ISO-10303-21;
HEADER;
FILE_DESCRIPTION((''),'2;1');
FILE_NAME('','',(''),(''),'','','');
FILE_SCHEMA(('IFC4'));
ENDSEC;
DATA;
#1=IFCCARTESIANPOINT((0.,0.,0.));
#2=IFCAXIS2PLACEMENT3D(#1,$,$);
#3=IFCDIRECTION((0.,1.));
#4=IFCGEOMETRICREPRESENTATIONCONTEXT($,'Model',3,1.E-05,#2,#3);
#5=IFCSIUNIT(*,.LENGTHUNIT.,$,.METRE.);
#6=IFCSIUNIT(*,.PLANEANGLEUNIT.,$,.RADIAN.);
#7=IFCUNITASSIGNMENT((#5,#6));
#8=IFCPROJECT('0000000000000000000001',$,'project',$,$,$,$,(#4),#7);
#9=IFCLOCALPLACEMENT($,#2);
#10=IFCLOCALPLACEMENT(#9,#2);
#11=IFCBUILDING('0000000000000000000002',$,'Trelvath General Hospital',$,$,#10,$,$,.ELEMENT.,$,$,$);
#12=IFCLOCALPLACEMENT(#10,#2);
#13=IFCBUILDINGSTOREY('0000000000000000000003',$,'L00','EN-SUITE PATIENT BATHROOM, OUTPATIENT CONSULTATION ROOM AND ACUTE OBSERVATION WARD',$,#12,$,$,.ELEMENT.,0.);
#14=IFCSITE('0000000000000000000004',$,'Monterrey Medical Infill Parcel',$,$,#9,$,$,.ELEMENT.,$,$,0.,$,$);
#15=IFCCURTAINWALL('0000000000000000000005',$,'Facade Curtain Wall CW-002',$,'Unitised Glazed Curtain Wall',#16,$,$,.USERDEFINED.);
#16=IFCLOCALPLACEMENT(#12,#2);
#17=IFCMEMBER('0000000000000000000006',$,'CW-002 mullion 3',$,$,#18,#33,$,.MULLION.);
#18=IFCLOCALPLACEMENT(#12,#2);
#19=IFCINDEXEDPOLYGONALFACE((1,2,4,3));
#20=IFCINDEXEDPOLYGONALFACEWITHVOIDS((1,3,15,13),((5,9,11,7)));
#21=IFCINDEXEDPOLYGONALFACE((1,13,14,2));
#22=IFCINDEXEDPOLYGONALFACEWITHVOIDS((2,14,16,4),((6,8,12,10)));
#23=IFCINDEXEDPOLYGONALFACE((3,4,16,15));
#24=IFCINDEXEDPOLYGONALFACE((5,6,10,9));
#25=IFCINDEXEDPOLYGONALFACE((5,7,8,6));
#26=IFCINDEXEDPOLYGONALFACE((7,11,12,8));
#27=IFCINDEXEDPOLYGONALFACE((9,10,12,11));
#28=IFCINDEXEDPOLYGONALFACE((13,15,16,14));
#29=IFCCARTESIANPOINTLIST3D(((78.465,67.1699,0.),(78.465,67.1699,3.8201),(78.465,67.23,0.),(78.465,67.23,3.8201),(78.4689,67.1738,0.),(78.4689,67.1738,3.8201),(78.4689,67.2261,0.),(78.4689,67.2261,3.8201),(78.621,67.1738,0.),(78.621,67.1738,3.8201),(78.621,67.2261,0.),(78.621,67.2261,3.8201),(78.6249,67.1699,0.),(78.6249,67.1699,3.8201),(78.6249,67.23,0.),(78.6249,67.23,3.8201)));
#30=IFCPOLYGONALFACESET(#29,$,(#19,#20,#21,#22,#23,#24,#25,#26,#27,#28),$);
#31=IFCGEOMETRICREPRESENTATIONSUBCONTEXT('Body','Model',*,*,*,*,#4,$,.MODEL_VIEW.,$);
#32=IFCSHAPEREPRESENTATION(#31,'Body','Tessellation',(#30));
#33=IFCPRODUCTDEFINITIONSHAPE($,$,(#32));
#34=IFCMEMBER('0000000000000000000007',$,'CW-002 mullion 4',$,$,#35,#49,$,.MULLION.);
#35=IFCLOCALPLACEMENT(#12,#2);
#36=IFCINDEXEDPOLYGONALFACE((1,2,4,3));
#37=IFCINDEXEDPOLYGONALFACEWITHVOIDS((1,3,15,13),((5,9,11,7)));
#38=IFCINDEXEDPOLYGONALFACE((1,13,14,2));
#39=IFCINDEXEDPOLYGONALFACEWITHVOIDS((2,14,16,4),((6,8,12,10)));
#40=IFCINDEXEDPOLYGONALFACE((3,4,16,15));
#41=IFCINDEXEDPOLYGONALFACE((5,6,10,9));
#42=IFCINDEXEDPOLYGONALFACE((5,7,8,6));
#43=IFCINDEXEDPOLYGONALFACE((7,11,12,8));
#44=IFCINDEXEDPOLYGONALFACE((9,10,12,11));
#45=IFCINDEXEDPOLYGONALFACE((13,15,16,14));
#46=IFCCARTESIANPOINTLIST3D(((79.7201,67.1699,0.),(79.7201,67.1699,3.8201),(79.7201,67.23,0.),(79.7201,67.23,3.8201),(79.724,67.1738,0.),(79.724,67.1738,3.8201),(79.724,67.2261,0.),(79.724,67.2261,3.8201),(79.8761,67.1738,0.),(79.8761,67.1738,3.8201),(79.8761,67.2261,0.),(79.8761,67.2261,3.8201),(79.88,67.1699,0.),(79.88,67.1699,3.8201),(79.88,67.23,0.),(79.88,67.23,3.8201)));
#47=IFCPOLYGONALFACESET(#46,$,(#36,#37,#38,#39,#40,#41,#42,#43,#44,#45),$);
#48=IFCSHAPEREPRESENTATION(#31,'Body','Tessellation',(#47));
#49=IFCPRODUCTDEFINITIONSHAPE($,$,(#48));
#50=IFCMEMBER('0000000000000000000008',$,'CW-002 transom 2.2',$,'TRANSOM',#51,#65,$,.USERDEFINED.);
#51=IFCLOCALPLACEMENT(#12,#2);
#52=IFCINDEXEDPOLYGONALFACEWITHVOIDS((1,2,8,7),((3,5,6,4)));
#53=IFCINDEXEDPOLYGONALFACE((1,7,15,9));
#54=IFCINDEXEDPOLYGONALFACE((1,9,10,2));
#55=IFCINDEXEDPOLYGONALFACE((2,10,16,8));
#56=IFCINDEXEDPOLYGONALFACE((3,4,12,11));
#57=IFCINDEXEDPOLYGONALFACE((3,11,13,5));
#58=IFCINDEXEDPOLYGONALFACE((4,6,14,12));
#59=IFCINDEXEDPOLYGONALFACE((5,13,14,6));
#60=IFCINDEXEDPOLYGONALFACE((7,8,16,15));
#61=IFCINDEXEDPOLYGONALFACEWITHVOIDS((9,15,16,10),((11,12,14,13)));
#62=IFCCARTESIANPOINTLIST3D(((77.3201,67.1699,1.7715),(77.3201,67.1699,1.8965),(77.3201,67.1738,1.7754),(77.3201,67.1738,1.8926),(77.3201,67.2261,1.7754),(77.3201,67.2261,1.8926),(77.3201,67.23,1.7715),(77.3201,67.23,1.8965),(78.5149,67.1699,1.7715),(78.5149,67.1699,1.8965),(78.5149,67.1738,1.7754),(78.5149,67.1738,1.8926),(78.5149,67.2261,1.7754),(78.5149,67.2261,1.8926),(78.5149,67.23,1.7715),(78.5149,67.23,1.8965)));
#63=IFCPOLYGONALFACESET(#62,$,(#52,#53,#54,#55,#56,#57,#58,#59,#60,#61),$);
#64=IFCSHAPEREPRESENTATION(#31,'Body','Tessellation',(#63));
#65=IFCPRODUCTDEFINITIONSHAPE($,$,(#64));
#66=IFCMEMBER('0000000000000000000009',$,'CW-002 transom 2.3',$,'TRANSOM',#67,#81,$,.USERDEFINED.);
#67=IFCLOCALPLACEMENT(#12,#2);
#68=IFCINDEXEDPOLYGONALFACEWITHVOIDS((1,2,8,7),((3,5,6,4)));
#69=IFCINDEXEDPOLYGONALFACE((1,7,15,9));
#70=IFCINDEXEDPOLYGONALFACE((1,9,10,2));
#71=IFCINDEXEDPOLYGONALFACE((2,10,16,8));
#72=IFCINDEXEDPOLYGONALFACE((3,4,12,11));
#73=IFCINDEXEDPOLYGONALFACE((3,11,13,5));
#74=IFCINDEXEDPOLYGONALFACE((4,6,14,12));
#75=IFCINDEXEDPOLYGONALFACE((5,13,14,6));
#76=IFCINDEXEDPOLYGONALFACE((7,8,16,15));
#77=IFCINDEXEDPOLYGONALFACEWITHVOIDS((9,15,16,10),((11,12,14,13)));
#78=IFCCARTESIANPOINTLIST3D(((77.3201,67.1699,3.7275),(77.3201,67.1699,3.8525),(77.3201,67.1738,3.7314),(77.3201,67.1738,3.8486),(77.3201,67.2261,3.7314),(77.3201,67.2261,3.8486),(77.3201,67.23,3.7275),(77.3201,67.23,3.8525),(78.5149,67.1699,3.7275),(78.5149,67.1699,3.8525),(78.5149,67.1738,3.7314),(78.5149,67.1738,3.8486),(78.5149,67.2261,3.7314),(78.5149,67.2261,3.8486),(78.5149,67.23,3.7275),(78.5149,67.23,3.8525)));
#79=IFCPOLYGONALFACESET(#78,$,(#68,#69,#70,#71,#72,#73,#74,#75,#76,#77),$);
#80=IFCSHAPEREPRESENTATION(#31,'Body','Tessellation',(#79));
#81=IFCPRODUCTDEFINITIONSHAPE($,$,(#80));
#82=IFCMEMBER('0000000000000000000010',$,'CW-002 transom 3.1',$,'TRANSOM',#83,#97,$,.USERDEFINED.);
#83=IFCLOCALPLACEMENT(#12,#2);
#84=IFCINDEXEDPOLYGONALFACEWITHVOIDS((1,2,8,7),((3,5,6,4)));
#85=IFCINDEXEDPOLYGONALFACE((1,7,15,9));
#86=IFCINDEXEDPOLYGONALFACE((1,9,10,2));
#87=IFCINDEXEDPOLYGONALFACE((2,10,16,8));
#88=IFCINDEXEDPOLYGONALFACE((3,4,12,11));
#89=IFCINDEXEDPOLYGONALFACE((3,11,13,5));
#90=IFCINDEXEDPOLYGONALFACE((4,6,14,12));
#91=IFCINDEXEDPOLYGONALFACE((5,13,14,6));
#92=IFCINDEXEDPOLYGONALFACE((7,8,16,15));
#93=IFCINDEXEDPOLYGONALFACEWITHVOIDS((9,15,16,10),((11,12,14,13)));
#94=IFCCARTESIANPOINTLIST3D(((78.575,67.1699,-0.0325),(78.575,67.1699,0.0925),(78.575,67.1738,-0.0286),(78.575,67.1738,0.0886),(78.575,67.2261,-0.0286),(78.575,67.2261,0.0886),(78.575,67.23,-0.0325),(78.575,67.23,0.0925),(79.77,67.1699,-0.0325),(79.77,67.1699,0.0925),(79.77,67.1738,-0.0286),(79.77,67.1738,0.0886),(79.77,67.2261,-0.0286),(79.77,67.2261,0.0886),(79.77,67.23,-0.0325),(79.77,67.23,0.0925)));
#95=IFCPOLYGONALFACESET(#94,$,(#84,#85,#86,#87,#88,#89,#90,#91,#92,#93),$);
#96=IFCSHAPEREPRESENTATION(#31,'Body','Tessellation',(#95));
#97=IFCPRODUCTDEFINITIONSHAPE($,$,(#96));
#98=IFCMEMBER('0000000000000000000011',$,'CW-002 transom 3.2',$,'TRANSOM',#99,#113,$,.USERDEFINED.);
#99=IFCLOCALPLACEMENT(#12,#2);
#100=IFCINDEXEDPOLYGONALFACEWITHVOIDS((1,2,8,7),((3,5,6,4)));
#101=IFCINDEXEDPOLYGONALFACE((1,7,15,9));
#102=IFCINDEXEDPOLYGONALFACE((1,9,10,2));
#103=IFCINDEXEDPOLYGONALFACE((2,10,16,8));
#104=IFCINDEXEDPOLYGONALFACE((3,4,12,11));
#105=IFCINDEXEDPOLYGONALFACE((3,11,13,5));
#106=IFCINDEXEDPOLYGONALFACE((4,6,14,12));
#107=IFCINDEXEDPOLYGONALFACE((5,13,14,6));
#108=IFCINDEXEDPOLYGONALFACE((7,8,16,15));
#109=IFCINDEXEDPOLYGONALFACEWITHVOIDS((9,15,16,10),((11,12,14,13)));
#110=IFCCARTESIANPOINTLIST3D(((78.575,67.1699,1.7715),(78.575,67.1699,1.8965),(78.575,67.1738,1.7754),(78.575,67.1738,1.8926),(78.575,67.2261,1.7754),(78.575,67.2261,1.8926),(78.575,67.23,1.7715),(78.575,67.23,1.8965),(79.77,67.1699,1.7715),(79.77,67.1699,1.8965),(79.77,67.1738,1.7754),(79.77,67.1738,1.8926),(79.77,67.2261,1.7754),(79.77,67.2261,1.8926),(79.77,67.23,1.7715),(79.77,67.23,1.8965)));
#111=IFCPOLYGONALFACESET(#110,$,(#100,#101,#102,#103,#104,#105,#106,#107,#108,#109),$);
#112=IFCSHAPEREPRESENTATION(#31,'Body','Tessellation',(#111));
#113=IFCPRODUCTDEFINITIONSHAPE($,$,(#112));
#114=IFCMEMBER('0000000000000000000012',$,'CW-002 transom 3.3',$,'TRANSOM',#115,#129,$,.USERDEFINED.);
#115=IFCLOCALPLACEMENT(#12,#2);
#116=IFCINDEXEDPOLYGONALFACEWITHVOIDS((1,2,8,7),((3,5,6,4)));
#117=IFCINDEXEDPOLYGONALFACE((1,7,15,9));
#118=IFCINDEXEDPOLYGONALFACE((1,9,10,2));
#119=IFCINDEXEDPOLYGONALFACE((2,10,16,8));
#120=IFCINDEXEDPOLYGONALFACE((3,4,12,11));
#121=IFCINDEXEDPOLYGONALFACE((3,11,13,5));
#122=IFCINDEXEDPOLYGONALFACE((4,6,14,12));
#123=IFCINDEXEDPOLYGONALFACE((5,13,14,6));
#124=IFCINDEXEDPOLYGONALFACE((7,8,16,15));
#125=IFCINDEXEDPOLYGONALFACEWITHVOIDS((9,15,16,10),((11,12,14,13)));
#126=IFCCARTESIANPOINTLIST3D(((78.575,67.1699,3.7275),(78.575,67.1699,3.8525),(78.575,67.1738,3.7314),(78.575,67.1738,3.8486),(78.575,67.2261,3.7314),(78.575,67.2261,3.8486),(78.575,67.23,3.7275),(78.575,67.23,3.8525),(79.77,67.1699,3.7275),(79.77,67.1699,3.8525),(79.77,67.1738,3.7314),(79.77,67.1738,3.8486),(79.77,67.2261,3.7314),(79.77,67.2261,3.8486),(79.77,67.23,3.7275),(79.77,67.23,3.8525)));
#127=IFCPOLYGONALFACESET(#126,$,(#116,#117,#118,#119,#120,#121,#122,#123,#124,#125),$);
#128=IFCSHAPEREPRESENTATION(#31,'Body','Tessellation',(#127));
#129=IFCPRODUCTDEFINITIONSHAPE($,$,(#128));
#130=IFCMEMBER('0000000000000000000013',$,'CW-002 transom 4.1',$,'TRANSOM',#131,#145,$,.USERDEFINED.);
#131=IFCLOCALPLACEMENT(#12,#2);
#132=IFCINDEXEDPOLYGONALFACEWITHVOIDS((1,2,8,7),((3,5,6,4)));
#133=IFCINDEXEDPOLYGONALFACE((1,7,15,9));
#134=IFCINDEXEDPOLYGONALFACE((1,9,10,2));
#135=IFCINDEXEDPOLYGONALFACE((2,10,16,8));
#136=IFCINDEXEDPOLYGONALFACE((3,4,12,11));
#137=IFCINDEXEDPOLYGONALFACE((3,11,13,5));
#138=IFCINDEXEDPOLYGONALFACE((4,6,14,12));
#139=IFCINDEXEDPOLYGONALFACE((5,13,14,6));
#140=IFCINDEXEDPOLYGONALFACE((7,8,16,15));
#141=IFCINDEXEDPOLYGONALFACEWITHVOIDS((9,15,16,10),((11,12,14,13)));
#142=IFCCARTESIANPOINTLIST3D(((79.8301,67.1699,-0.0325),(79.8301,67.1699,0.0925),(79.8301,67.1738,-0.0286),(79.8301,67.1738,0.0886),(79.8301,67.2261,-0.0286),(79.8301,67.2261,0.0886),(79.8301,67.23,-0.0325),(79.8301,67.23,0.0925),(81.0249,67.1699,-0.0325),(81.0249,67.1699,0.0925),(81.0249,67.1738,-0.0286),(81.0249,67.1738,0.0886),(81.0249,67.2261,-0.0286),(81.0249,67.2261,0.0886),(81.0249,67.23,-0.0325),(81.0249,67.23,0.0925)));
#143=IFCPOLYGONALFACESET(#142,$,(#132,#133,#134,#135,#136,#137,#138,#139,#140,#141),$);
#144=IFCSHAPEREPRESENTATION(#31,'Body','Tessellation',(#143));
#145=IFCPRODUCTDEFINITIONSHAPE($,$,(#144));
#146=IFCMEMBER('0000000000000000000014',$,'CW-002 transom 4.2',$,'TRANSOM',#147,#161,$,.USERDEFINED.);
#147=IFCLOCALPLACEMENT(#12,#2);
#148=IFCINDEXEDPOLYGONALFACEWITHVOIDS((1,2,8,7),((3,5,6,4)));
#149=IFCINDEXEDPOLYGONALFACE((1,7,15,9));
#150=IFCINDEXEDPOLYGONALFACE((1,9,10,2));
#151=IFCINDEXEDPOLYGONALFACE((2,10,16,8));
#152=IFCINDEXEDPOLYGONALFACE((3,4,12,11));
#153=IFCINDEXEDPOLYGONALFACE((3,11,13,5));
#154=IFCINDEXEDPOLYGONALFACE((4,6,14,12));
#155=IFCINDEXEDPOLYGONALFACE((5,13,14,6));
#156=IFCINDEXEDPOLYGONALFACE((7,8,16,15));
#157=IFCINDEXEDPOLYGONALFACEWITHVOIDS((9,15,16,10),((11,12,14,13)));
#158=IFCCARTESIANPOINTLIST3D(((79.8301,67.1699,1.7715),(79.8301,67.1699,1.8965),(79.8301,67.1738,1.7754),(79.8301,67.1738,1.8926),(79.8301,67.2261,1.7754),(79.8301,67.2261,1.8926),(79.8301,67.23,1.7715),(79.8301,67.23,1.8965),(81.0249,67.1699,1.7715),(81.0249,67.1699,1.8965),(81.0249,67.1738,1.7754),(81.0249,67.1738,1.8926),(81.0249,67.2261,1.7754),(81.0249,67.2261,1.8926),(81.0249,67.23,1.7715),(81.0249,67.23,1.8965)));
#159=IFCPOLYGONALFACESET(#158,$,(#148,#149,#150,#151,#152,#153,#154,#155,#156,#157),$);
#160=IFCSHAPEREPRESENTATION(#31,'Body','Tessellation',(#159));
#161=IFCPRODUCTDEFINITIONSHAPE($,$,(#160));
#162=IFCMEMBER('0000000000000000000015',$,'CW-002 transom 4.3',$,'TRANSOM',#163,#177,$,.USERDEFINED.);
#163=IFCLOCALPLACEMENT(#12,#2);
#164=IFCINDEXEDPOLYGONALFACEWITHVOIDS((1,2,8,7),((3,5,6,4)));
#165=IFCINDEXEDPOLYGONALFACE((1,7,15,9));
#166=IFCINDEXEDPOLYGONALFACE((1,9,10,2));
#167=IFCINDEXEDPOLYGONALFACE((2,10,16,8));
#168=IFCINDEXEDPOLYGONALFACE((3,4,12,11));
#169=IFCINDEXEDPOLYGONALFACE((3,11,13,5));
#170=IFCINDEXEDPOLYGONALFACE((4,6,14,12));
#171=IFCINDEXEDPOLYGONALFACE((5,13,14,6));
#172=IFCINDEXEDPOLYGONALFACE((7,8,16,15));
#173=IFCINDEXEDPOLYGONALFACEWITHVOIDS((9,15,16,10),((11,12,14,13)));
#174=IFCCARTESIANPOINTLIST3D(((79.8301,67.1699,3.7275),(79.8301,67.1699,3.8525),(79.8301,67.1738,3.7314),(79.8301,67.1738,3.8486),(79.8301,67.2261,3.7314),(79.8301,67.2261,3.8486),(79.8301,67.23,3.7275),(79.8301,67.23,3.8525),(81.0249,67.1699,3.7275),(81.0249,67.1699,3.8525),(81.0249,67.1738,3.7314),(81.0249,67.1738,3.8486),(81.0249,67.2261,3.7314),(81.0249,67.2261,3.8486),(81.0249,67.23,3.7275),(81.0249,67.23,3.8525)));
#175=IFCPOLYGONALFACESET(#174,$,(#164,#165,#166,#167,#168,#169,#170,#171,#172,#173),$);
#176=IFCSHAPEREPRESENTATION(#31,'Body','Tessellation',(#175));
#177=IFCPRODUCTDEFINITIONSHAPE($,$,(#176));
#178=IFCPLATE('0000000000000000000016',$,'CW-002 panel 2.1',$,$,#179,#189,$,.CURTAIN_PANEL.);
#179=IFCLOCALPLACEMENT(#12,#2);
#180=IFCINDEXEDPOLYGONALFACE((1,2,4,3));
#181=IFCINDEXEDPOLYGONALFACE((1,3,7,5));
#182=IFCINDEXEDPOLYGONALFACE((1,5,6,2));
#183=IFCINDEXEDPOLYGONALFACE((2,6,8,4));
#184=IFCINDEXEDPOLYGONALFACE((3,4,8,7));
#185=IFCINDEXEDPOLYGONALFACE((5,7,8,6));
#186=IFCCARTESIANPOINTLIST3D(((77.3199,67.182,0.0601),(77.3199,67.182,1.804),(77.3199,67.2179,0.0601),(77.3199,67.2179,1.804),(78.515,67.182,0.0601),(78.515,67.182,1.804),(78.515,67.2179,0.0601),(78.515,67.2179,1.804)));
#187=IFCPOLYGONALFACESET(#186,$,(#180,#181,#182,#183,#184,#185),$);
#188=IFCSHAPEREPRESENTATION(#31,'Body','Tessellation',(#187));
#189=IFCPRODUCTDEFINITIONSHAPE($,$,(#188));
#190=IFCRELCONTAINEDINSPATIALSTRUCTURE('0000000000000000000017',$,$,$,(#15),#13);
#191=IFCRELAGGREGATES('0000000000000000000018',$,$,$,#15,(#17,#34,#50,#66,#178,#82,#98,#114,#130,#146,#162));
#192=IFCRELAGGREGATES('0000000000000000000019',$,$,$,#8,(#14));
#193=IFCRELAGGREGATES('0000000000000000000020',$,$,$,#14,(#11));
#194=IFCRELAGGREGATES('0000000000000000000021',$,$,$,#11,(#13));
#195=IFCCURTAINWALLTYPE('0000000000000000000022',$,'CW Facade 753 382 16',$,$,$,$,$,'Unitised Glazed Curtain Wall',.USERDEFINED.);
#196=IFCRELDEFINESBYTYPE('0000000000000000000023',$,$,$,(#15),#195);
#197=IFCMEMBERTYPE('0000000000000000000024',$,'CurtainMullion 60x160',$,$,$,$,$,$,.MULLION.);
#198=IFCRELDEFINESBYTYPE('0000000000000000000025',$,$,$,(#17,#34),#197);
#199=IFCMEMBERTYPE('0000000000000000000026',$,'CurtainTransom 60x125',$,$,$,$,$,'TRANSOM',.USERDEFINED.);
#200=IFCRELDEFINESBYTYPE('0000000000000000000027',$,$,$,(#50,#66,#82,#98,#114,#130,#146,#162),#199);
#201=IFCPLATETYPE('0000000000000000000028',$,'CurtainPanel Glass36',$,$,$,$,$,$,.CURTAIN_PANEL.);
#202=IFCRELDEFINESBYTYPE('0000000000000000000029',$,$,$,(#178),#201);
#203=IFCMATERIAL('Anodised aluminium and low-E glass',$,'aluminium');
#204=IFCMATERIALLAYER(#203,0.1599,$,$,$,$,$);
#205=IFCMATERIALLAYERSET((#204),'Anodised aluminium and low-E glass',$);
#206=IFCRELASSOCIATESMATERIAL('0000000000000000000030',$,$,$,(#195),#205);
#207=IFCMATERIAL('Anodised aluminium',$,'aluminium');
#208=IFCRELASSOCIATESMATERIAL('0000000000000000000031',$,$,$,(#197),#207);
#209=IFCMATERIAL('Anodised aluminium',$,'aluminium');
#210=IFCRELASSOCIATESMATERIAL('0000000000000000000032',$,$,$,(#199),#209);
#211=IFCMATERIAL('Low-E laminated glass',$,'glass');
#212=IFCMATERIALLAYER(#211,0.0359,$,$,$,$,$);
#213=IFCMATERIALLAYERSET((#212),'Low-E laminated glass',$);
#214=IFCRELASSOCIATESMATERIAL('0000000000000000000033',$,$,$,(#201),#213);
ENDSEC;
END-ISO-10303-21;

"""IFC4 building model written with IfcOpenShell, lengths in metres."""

from ifc_helpers import new_model, si_unit, direction, frame, origin, origin_2d, place, context, subcontext, project, spatial, rectangle, hollow_rectangle, extrude, material, layer, layer_set, material_profile, profile_set, type_object, element, aggregate, save


model = new_model("IFC4")

# Units and contexts
model_context = context("Model", 3, precision=1e-05, world=origin(), true_north=direction((0.0, 1.0)))
body_context = subcontext(model_context, "Body", "Model", "MODEL_VIEW")
ifc_project = project(units=[si_unit("LENGTHUNIT", "METRE"), si_unit("PLANEANGLEUNIT", "RADIAN")], contexts=[model_context])

# Site, building, storey
site_placement = place(None, origin())
site = spatial("IfcSite", under=ifc_project, at=site_placement, Name="Monterrey Medical Infill Parcel", CompositionType="ELEMENT", RefElevation=0.0)
building_placement = place(site_placement, origin())
building = spatial("IfcBuilding", under=site, at=building_placement, Name="Trelvath General Hospital", CompositionType="ELEMENT")
storey_placement = place(building_placement, origin())
storey = spatial("IfcBuildingStorey", under=building, at=storey_placement, Name="L00", Description="EN-SUITE PATIENT BATHROOM, OUTPATIENT CONSULTATION ROOM AND ACUTE OBSERVATION WARD", CompositionType="ELEMENT", Elevation=0.0)

# Curtain wall, members, plate
ifc_material_1 = material(Name="Anodised aluminium and low-E glass", Category="aluminium")
ifc_layer_1 = layer(ifc_material_1, 0.1599)
ifc_layer_set_1 = layer_set([ifc_layer_1], Name="Anodised aluminium and low-E glass")
curtain_wall_type = type_object("IfcCurtainWallType", Name="CW Facade 753 382 16", ElementType="Unitised Glazed Curtain Wall", PredefinedType="USERDEFINED", material=ifc_layer_set_1)
curtain_wall_placement = place(storey_placement, origin())
curtain_wall = element("IfcCurtainWall", 1, at=curtain_wall_placement, inside=storey, type_object=curtain_wall_type, Name="Facade Curtain Wall CW-002", ObjectType="Unitised Glazed Curtain Wall", PredefinedType="USERDEFINED")
ifc_material_2 = material(Name="Anodised aluminium", Category="aluminium")
ifc_material_profile_1 = material_profile(ifc_material_2, hollow_rectangle(XDim=0.0601, YDim=0.1599, WallThickness=0.0039, at=origin_2d()), Name="RHS60x160x4")
ifc_profile_set_1 = profile_set([ifc_material_profile_1], Name="Anodised aluminium")
member_type_1 = type_object("IfcMemberType", Name="CurtainMullion 60x160", PredefinedType="MULLION", material=ifc_profile_set_1)
member_1_placement = place(storey_placement, frame((78.5449, 67.2, 0.0), z_axis=(0.0, 0.0, 1.0), x_axis=(0.0, 1.0, 0.0)))
member_1 = element("IfcMember", 2, at=member_1_placement, type_object=member_type_1, Name="CW-002 mullion 3", PredefinedType="MULLION", context=body_context, shape_type="SweptSolid", body=[
    extrude(hollow_rectangle(XDim=0.0601, YDim=0.1599, WallThickness=0.0039, at=origin_2d()), origin(), (0.0, 0.0, 1.0), 3.8201),
])
member_2_placement = place(storey_placement, frame((79.8, 67.2, 0.0), z_axis=(0.0, 0.0, 1.0), x_axis=(0.0, 1.0, 0.0)))
member_2 = element("IfcMember", 3, at=member_2_placement, type_object=member_type_1, Name="CW-002 mullion 4", PredefinedType="MULLION", context=body_context, shape_type="SweptSolid", body=[
    extrude(hollow_rectangle(XDim=0.0601, YDim=0.1599, WallThickness=0.0039, at=origin_2d()), origin(), (0.0, 0.0, 1.0), 3.8201),
])
ifc_material_3 = material(Name="Anodised aluminium", Category="aluminium")
ifc_material_profile_2 = material_profile(ifc_material_3, hollow_rectangle(XDim=0.0601, YDim=0.125, WallThickness=0.0039, at=origin_2d()), Name="RHS60x125x4")
ifc_profile_set_2 = profile_set([ifc_material_profile_2], Name="Anodised aluminium")
member_type_2 = type_object("IfcMemberType", Name="CurtainTransom 60x125", ElementType="TRANSOM", PredefinedType="USERDEFINED", material=ifc_profile_set_2)
member_3_placement = place(storey_placement, frame((77.3201, 67.2, 1.834), z_axis=(1.0, 0.0, 0.0), x_axis=(0.0, 1.0, 0.0)))
member_3 = element("IfcMember", 4, at=member_3_placement, type_object=member_type_2, Name="CW-002 transom 2.2", ObjectType="TRANSOM", PredefinedType="USERDEFINED", context=body_context, shape_type="SweptSolid", body=[
    extrude(hollow_rectangle(XDim=0.0601, YDim=0.125, WallThickness=0.0039, at=origin_2d()), origin(), (0.0, 0.0, 1.0), 1.1948),
])
member_4_placement = place(storey_placement, frame((77.3201, 67.2, 3.79), z_axis=(1.0, 0.0, 0.0), x_axis=(0.0, 1.0, 0.0)))
member_4 = element("IfcMember", 5, at=member_4_placement, type_object=member_type_2, Name="CW-002 transom 2.3", ObjectType="TRANSOM", PredefinedType="USERDEFINED", context=body_context, shape_type="SweptSolid", body=[
    extrude(hollow_rectangle(XDim=0.0601, YDim=0.125, WallThickness=0.0039, at=origin_2d()), origin(), (0.0, 0.0, 1.0), 1.1948),
])
member_5_placement = place(storey_placement, frame((78.575, 67.2, 0.03), z_axis=(1.0, 0.0, 0.0), x_axis=(0.0, 1.0, 0.0)))
member_5 = element("IfcMember", 6, at=member_5_placement, type_object=member_type_2, Name="CW-002 transom 3.1", ObjectType="TRANSOM", PredefinedType="USERDEFINED", context=body_context, shape_type="SweptSolid", body=[
    extrude(hollow_rectangle(XDim=0.0601, YDim=0.125, WallThickness=0.0039, at=origin_2d()), origin(), (0.0, 0.0, 1.0), 1.1951),
])
member_6_placement = place(storey_placement, frame((78.575, 67.2, 1.834), z_axis=(1.0, 0.0, 0.0), x_axis=(0.0, 1.0, 0.0)))
member_6 = element("IfcMember", 7, at=member_6_placement, type_object=member_type_2, Name="CW-002 transom 3.2", ObjectType="TRANSOM", PredefinedType="USERDEFINED", context=body_context, shape_type="SweptSolid", body=[
    extrude(hollow_rectangle(XDim=0.0601, YDim=0.125, WallThickness=0.0039, at=origin_2d()), origin(), (0.0, 0.0, 1.0), 1.1951),
])
member_7_placement = place(storey_placement, frame((78.575, 67.2, 3.79), z_axis=(1.0, 0.0, 0.0), x_axis=(0.0, 1.0, 0.0)))
member_7 = element("IfcMember", 8, at=member_7_placement, type_object=member_type_2, Name="CW-002 transom 3.3", ObjectType="TRANSOM", PredefinedType="USERDEFINED", context=body_context, shape_type="SweptSolid", body=[
    extrude(hollow_rectangle(XDim=0.0601, YDim=0.125, WallThickness=0.0039, at=origin_2d()), origin(), (0.0, 0.0, 1.0), 1.1951),
])
member_8_placement = place(storey_placement, frame((79.8301, 67.2, 0.03), z_axis=(1.0, 0.0, 0.0), x_axis=(0.0, 1.0, 0.0)))
member_8 = element("IfcMember", 9, at=member_8_placement, type_object=member_type_2, Name="CW-002 transom 4.1", ObjectType="TRANSOM", PredefinedType="USERDEFINED", context=body_context, shape_type="SweptSolid", body=[
    extrude(hollow_rectangle(XDim=0.0601, YDim=0.125, WallThickness=0.0039, at=origin_2d()), origin(), (0.0, 0.0, 1.0), 1.1948),
])
member_9_placement = place(storey_placement, frame((79.8301, 67.2, 1.834), z_axis=(1.0, 0.0, 0.0), x_axis=(0.0, 1.0, 0.0)))
member_9 = element("IfcMember", 10, at=member_9_placement, type_object=member_type_2, Name="CW-002 transom 4.2", ObjectType="TRANSOM", PredefinedType="USERDEFINED", context=body_context, shape_type="SweptSolid", body=[
    extrude(hollow_rectangle(XDim=0.0601, YDim=0.125, WallThickness=0.0039, at=origin_2d()), origin(), (0.0, 0.0, 1.0), 1.1948),
])
member_10_placement = place(storey_placement, frame((79.8301, 67.2, 3.79), z_axis=(1.0, 0.0, 0.0), x_axis=(0.0, 1.0, 0.0)))
member_10 = element("IfcMember", 11, at=member_10_placement, type_object=member_type_2, Name="CW-002 transom 4.3", ObjectType="TRANSOM", PredefinedType="USERDEFINED", context=body_context, shape_type="SweptSolid", body=[
    extrude(hollow_rectangle(XDim=0.0601, YDim=0.125, WallThickness=0.0039, at=origin_2d()), origin(), (0.0, 0.0, 1.0), 1.1948),
])
ifc_material_4 = material(Name="Low-E laminated glass", Category="glass")
ifc_layer_2 = layer(ifc_material_4, 0.0359)
ifc_layer_set_2 = layer_set([ifc_layer_2], Name="Low-E laminated glass")
plate_type = type_object("IfcPlateType", Name="CurtainPanel Glass36", PredefinedType="CURTAIN_PANEL", material=ifc_layer_set_2)
plate_1_placement = place(storey_placement, frame((77.9175, 67.2, 0.0601), z_axis=(0.0, 0.0, 1.0), x_axis=(1.0, 0.0, 0.0)))
plate_1 = element("IfcPlate", 12, at=plate_1_placement, type_object=plate_type, Name="CW-002 panel 2.1", PredefinedType="CURTAIN_PANEL", context=body_context, shape_type="SweptSolid", body=[
    extrude(rectangle(XDim=1.1951, YDim=0.0359, at=origin_2d()), origin(), (0.0, 0.0, 1.0), 1.7439),
])
aggregate(curtain_wall, [member_1, member_2, member_3, member_4, plate_1, member_5, member_6, member_7, member_8, member_9, member_10])

save(model, "model.ifc")
